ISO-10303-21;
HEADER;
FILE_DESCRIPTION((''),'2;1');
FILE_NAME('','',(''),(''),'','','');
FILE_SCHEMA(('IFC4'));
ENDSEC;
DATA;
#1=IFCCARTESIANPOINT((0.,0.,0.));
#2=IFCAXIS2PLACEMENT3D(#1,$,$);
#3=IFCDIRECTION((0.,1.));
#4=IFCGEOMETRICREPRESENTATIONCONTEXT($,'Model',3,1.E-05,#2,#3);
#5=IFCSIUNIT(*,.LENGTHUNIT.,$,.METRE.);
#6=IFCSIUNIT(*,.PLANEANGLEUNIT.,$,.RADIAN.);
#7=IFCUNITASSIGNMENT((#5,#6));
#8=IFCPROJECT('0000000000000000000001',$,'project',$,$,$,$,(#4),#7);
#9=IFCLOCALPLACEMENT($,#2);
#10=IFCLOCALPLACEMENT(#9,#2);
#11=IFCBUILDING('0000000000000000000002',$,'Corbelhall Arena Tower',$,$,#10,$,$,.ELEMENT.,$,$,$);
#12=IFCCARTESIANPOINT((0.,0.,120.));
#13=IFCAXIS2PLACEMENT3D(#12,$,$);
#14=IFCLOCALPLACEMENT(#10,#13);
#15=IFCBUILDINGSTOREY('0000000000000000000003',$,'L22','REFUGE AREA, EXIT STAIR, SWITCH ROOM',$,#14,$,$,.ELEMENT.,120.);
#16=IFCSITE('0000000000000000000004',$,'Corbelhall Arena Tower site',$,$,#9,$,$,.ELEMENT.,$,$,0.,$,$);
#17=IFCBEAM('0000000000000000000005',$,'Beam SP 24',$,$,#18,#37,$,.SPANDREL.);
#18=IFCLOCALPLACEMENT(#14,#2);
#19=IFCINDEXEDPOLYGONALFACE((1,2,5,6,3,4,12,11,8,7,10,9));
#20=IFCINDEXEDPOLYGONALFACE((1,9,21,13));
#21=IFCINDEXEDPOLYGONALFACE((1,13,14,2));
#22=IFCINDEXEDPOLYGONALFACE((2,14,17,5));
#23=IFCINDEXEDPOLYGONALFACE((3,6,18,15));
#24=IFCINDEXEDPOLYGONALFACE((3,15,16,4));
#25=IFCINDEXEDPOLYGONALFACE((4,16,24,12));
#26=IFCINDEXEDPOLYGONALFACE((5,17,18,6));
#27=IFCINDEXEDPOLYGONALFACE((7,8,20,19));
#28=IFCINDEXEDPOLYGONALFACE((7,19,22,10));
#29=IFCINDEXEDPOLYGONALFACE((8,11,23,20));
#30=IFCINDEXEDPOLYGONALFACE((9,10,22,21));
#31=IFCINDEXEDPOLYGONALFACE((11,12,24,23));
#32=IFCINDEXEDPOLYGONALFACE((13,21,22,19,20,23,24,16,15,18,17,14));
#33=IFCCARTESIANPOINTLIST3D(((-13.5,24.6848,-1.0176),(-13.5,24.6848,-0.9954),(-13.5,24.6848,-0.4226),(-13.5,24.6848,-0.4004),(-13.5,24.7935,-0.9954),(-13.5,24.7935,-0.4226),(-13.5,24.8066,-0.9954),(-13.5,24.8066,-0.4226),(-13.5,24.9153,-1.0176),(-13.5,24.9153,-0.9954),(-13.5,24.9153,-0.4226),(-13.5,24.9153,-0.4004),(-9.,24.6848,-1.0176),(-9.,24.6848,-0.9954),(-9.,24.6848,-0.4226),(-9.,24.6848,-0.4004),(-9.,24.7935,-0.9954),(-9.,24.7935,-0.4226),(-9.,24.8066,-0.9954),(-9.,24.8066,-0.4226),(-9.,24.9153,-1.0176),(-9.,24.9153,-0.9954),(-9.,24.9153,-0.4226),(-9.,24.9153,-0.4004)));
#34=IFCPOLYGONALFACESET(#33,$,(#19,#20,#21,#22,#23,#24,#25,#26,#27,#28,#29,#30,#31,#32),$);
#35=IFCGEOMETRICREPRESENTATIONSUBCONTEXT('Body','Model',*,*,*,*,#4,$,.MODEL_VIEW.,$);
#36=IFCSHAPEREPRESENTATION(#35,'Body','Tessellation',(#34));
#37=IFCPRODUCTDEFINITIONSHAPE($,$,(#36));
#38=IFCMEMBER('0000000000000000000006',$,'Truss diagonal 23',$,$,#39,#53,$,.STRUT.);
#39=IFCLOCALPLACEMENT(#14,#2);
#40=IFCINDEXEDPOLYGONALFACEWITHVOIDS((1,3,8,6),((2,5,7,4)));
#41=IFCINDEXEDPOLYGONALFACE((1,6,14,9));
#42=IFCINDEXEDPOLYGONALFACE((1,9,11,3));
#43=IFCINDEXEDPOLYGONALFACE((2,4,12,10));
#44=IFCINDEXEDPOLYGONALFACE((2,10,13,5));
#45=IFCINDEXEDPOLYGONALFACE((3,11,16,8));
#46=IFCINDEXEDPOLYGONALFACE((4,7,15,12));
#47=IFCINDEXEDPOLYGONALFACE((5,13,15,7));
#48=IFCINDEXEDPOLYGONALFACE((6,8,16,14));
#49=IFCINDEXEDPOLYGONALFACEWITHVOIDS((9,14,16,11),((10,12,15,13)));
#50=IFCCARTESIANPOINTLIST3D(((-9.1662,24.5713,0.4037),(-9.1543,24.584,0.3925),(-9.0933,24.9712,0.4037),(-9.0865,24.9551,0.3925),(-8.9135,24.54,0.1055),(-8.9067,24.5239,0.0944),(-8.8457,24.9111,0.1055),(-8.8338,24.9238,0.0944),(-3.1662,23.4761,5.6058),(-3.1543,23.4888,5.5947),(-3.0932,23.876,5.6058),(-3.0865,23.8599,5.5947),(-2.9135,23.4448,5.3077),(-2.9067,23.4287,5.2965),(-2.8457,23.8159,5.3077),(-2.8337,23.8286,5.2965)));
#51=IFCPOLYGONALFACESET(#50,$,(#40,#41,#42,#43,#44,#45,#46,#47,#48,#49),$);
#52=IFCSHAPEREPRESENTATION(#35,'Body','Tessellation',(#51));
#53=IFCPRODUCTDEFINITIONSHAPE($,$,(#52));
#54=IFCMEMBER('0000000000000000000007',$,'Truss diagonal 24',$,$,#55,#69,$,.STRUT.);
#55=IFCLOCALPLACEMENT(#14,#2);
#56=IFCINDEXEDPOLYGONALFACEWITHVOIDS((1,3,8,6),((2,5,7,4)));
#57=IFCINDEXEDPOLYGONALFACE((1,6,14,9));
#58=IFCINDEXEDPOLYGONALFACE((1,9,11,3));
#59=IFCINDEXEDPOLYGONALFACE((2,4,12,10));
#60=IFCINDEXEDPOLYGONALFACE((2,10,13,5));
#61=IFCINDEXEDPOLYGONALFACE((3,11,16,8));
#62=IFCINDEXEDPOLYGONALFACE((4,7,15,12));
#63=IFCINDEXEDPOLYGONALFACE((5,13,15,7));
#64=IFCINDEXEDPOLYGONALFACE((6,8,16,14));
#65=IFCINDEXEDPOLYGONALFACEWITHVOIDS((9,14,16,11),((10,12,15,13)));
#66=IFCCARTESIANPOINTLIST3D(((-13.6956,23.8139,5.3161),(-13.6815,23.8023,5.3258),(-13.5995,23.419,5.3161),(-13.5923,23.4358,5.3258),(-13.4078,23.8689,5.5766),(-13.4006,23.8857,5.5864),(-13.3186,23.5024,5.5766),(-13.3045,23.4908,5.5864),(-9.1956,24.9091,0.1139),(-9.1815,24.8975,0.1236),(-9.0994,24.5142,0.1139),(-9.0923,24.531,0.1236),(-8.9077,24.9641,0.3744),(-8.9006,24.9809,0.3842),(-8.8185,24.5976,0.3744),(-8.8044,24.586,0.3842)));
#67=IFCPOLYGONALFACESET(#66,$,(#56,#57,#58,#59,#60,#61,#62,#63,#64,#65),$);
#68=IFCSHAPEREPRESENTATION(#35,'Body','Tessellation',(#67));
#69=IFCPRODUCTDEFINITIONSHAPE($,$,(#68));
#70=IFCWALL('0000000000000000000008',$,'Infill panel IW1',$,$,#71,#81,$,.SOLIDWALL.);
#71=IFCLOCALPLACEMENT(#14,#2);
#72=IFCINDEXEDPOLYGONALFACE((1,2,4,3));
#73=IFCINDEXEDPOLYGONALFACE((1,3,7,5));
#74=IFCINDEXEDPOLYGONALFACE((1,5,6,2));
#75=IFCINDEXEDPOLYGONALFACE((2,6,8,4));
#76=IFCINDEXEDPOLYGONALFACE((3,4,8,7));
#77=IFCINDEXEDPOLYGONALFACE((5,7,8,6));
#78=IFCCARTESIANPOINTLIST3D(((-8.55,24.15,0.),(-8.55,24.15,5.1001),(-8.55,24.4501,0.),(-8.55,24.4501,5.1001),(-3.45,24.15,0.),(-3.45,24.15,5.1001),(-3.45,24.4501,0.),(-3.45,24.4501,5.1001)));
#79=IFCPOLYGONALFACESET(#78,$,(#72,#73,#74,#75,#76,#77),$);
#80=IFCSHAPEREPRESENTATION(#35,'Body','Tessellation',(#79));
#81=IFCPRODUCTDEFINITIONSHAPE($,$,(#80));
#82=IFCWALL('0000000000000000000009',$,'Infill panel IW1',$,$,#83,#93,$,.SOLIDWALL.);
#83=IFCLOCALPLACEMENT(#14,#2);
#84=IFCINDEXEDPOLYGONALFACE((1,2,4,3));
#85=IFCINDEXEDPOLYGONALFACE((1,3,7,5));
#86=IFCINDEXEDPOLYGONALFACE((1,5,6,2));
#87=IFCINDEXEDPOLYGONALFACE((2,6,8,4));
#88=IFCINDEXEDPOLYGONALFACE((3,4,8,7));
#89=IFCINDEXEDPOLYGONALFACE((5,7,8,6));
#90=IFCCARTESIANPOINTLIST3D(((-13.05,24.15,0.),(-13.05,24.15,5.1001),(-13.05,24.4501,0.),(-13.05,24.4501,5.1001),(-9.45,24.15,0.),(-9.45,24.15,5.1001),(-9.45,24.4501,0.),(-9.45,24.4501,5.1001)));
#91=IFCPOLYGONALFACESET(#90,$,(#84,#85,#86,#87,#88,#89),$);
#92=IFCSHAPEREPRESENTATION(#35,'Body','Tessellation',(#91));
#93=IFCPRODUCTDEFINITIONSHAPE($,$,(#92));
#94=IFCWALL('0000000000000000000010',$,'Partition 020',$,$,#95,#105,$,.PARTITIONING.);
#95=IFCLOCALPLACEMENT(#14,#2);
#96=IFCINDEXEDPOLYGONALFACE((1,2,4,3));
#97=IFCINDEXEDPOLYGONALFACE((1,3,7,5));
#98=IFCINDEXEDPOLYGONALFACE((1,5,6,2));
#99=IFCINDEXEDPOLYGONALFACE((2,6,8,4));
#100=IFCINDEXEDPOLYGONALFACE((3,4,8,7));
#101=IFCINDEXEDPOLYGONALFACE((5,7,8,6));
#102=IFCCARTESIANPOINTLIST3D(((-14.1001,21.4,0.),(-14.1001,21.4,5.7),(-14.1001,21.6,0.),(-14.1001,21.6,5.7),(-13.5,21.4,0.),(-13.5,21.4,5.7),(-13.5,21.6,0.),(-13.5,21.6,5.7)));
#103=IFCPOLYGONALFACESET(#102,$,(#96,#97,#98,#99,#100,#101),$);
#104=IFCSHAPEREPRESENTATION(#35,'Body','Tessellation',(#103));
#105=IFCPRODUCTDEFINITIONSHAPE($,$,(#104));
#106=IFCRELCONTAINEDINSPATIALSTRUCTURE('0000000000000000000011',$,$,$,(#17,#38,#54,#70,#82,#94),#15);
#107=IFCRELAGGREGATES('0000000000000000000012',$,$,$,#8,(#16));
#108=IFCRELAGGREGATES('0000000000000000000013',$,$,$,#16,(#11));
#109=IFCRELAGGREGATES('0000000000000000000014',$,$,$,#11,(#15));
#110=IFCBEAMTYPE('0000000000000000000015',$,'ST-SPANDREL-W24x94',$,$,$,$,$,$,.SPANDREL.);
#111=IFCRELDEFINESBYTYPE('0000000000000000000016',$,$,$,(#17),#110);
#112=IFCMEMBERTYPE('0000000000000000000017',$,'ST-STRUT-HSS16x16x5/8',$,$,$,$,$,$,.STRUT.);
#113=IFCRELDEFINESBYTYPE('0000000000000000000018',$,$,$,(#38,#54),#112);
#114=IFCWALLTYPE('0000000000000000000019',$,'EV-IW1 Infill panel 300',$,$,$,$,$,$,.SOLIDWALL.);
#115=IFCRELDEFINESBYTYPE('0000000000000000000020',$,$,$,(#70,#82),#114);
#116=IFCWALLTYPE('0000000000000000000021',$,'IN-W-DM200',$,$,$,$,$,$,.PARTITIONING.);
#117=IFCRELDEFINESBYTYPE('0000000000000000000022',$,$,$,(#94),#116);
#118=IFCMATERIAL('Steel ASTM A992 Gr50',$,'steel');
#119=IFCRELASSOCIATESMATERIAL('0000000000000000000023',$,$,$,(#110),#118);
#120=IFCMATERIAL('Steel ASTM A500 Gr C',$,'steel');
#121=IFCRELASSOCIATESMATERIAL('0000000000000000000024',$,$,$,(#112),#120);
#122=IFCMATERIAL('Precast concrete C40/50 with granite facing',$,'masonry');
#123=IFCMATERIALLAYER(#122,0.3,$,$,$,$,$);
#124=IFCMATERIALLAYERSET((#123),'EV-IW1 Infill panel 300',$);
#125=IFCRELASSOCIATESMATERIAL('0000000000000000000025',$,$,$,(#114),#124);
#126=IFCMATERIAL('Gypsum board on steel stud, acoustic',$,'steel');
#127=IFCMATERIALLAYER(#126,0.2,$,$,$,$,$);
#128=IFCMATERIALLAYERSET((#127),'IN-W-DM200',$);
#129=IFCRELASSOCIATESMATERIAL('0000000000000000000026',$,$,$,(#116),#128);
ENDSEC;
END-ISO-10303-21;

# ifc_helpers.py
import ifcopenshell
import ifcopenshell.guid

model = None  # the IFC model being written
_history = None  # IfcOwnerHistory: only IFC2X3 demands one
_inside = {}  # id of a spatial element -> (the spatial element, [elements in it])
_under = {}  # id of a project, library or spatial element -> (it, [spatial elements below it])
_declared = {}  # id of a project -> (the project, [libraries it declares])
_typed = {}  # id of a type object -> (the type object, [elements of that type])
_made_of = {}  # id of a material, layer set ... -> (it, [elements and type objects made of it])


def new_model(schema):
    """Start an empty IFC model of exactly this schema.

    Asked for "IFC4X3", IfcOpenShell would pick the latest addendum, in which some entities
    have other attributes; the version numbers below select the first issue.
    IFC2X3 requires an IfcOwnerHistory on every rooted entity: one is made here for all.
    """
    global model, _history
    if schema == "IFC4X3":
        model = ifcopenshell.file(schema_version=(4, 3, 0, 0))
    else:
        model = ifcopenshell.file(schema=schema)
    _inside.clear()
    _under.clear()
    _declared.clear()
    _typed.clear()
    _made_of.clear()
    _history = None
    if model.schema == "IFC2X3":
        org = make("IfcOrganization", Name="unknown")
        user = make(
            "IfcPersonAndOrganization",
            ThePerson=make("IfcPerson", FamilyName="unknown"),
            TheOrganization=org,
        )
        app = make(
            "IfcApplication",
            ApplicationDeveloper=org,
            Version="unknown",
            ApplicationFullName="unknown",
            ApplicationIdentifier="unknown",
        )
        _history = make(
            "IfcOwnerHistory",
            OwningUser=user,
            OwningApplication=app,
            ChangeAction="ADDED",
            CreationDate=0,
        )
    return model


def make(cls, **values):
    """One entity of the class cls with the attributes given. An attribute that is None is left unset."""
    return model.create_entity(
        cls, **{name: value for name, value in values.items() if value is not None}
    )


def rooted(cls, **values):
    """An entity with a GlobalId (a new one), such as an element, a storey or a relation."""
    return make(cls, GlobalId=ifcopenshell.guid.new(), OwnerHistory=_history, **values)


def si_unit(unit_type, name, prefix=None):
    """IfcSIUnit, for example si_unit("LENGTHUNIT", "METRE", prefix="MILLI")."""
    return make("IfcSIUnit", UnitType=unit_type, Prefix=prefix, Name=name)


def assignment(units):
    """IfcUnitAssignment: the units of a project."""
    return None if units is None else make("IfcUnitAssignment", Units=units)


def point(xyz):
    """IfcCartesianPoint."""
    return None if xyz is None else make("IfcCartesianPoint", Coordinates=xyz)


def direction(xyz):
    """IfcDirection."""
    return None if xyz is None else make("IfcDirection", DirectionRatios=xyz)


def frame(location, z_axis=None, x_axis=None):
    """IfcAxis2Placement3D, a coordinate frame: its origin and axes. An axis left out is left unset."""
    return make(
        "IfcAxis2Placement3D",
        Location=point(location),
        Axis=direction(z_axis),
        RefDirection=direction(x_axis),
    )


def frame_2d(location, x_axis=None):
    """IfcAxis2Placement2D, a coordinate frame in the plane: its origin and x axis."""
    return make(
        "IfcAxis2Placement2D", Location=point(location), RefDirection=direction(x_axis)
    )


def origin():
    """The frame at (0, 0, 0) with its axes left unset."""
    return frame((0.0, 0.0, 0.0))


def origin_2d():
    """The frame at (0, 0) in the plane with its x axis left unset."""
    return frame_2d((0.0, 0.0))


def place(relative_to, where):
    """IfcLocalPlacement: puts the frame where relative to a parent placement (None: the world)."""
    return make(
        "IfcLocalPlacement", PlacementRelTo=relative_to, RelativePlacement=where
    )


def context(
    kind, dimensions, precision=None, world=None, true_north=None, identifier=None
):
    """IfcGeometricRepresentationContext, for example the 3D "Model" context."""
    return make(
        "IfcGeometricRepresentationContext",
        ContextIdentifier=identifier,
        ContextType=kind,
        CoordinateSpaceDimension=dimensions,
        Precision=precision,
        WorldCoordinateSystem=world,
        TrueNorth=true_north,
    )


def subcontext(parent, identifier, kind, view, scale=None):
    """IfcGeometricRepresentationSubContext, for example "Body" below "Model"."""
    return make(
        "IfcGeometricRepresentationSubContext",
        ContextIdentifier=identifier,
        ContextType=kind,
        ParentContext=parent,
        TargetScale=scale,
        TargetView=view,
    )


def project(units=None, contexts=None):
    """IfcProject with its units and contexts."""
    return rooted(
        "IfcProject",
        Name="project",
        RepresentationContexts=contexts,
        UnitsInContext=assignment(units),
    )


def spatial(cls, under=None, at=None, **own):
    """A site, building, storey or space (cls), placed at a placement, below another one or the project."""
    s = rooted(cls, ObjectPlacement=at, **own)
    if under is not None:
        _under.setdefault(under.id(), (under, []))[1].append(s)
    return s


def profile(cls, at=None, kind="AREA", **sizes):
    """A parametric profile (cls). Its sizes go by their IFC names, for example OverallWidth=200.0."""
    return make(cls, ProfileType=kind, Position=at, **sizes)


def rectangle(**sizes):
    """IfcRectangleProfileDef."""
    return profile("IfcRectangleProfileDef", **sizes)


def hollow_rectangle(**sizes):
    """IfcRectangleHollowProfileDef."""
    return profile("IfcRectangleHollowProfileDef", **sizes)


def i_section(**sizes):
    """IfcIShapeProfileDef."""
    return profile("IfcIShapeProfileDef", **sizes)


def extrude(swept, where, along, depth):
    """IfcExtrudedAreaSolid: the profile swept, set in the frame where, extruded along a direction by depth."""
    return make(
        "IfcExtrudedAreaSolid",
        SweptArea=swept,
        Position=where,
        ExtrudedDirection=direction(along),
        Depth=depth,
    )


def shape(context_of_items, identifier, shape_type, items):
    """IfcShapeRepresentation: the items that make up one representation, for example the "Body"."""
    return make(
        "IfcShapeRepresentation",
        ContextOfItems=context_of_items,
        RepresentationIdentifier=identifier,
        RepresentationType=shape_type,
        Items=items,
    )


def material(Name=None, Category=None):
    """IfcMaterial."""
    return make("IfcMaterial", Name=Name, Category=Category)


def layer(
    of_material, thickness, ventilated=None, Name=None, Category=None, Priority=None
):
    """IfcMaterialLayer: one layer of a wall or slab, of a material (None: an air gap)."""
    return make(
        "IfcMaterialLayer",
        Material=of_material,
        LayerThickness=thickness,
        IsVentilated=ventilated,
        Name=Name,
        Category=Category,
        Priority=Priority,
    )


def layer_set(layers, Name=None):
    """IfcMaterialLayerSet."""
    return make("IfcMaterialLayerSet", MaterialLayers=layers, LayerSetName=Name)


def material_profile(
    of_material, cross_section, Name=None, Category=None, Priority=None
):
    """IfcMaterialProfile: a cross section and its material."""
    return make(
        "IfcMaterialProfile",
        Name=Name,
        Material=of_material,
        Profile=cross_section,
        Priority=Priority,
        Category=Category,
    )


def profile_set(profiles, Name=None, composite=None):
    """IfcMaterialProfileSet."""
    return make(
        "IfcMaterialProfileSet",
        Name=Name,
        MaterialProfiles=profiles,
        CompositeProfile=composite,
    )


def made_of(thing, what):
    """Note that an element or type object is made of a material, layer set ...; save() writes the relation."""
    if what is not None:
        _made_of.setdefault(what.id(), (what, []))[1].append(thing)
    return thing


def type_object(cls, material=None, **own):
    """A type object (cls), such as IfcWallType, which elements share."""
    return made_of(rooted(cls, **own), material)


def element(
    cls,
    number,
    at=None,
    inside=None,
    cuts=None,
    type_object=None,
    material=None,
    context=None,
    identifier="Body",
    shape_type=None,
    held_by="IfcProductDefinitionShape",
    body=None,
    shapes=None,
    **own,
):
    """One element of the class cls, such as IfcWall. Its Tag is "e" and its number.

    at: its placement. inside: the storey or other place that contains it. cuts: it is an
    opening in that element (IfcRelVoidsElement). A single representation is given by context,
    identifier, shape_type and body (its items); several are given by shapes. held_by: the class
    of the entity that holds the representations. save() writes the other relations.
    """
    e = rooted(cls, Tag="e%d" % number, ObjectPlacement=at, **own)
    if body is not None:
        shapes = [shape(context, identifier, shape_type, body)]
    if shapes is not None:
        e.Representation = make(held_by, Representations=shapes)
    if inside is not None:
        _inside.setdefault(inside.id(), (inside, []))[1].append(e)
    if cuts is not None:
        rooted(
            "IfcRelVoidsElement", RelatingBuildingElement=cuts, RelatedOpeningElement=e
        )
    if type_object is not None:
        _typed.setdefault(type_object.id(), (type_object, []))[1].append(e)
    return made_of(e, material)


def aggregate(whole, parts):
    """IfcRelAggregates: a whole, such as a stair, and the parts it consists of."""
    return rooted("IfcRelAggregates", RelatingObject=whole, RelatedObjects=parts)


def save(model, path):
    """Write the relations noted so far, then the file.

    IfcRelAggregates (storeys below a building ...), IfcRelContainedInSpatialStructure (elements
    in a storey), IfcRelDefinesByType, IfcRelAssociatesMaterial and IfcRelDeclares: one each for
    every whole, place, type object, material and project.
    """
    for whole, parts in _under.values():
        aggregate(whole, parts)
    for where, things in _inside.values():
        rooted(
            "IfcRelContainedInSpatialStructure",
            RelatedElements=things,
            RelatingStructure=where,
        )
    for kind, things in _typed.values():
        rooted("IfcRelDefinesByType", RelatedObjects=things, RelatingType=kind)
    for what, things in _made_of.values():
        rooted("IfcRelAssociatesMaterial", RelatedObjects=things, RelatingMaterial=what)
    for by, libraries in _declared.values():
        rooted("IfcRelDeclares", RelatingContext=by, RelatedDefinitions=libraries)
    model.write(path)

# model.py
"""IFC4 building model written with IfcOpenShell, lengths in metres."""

from ifc_helpers import new_model, si_unit, direction, frame, frame_2d, origin, origin_2d, place, context, subcontext, project, spatial, rectangle, hollow_rectangle, i_section, extrude, material, layer, layer_set, material_profile, profile_set, type_object, element, save


model = new_model("IFC4")

# Units and contexts
model_context = context("Model", 3, precision=1e-05, world=origin(), true_north=direction((0.0, 1.0)))
body_context = subcontext(model_context, "Body", "Model", "MODEL_VIEW")
ifc_project = project(units=[si_unit("LENGTHUNIT", "METRE"), si_unit("PLANEANGLEUNIT", "RADIAN")], contexts=[model_context])

# Site, building, storey
site_placement = place(None, origin())
site = spatial("IfcSite", under=ifc_project, at=site_placement, Name="Corbelhall Arena Tower site", CompositionType="ELEMENT", RefElevation=0.0)
building_placement = place(site_placement, origin())
building = spatial("IfcBuilding", under=site, at=building_placement, Name="Corbelhall Arena Tower", CompositionType="ELEMENT")
storey_placement = place(building_placement, frame((0.0, 0.0, 120.0)))
storey = spatial("IfcBuildingStorey", under=building, at=storey_placement, Name="L22", Description="REFUGE AREA, EXIT STAIR, SWITCH ROOM", CompositionType="ELEMENT", Elevation=120.0)

# Beam
ifc_material_1 = material(Name="Steel ASTM A992 Gr50", Category="steel")
ifc_material_profile_1 = material_profile(ifc_material_1, i_section(OverallWidth=0.2305, OverallDepth=0.6172, WebThickness=0.0132, FlangeThickness=0.0222, at=origin_2d()))
ifc_profile_set_1 = profile_set([ifc_material_profile_1], Name="Steel ASTM A992 Gr50")
beam_type = type_object("IfcBeamType", Name="ST-SPANDREL-W24x94", PredefinedType="SPANDREL", material=ifc_profile_set_1)
beam_placement = place(storey_placement, frame((-13.5, 24.8, -0.709), z_axis=(1.0, 0.0, 0.0), x_axis=(0.0, 1.0, 0.0)))
element("IfcBeam", 1, at=beam_placement, inside=storey, type_object=beam_type, Name="Beam SP 24", PredefinedType="SPANDREL", context=body_context, shape_type="SweptSolid", body=[
    extrude(i_section(OverallWidth=0.2305, OverallDepth=0.6172, WebThickness=0.0132, FlangeThickness=0.0222, at=origin_2d()), origin(), (0.0, 0.0, 1.0), 4.5),
])

# Members
ifc_material_2 = material(Name="Steel ASTM A500 Gr C", Category="steel")
ifc_material_profile_2 = material_profile(ifc_material_2, hollow_rectangle(XDim=0.4065, YDim=0.4065, WallThickness=0.0146, at=origin_2d()))
ifc_profile_set_2 = profile_set([ifc_material_profile_2], Name="Steel ASTM A500 Gr C")
member_type_1 = type_object("IfcMemberType", Name="ST-STRUT-HSS16x16x5/8", PredefinedType="STRUT", material=ifc_profile_set_2)
member_1_placement = place(storey_placement, frame((-9.0, 24.7476, 0.249), z_axis=(0.74847, -0.136623, 0.648942), x_axis=(0.179569, 0.983745, 0.0)))
element("IfcMember", 2, at=member_1_placement, inside=storey, type_object=member_type_1, Name="Truss diagonal 23", PredefinedType="STRUT", context=body_context, shape_type="SweptSolid", body=[
    extrude(hollow_rectangle(XDim=0.4065, YDim=0.4065, WallThickness=0.0146, at=origin_2d()), origin(), (0.0, 0.0, 1.0), 8.0164),
])
member_2_placement = place(storey_placement, frame((-9.0, 24.7476, 0.249), z_axis=(-0.646083, -0.157244, 0.746894), x_axis=(0.236478, -0.971637, 0.0)))
element("IfcMember", 3, at=member_2_placement, inside=storey, type_object=member_type_1, Name="Truss diagonal 24", PredefinedType="STRUT", context=body_context, shape_type="SweptSolid", body=[
    extrude(hollow_rectangle(XDim=0.4065, YDim=0.4065, WallThickness=0.0146, at=origin_2d()), origin(), (0.0, 0.0, 1.0), 6.9651),
])

# Walls
ifc_material_3 = material(Name="Precast concrete C40/50 with granite facing", Category="masonry")
ifc_layer_1 = layer(ifc_material_3, 0.3)
ifc_layer_set_1 = layer_set([ifc_layer_1], Name="EV-IW1 Infill panel 300")
wall_type_1 = type_object("IfcWallType", Name="EV-IW1 Infill panel 300", PredefinedType="SOLIDWALL", material=ifc_layer_set_1)
wall_1_placement = place(storey_placement, frame((-3.45, 24.3, 0.0), z_axis=(0.0, 0.0, 1.0), x_axis=(-1.0, 0.0, 0.0)))
element("IfcWall", 4, at=wall_1_placement, inside=storey, type_object=wall_type_1, Name="Infill panel IW1", PredefinedType="SOLIDWALL", context=body_context, shape_type="SweptSolid", body=[
    extrude(rectangle(XDim=5.1001, YDim=0.3, at=frame_2d((2.55, 0.0))), origin(), (0.0, 0.0, 1.0), 5.1001),
])
wall_2_placement = place(storey_placement, frame((-9.45, 24.3, 0.0), z_axis=(0.0, 0.0, 1.0), x_axis=(-1.0, 0.0, 0.0)))
element("IfcWall", 5, at=wall_2_placement, inside=storey, type_object=wall_type_1, Name="Infill panel IW1", PredefinedType="SOLIDWALL", context=body_context, shape_type="SweptSolid", body=[
    extrude(rectangle(XDim=3.6001, YDim=0.3, at=frame_2d((1.8, 0.0))), origin(), (0.0, 0.0, 1.0), 5.1001),
])
ifc_material_4 = material(Name="Gypsum board on steel stud, acoustic", Category="steel")
ifc_layer_2 = layer(ifc_material_4, 0.2)
ifc_layer_set_2 = layer_set([ifc_layer_2], Name="IN-W-DM200")
wall_type_2 = type_object("IfcWallType", Name="IN-W-DM200", PredefinedType="PARTITIONING", material=ifc_layer_set_2)
wall_3_placement = place(storey_placement, frame((-13.5, 21.5, 0.0), z_axis=(0.0, 0.0, 1.0), x_axis=(-1.0, 0.0, 0.0)))
element("IfcWall", 6, at=wall_3_placement, inside=storey, type_object=wall_type_2, Name="Partition 020", PredefinedType="PARTITIONING", context=body_context, shape_type="SweptSolid", body=[
    extrude(rectangle(XDim=0.6001, YDim=0.2, at=frame_2d((0.3, 0.0))), origin(), (0.0, 0.0, 1.0), 5.7),
])

save(model, "model.ifc")
